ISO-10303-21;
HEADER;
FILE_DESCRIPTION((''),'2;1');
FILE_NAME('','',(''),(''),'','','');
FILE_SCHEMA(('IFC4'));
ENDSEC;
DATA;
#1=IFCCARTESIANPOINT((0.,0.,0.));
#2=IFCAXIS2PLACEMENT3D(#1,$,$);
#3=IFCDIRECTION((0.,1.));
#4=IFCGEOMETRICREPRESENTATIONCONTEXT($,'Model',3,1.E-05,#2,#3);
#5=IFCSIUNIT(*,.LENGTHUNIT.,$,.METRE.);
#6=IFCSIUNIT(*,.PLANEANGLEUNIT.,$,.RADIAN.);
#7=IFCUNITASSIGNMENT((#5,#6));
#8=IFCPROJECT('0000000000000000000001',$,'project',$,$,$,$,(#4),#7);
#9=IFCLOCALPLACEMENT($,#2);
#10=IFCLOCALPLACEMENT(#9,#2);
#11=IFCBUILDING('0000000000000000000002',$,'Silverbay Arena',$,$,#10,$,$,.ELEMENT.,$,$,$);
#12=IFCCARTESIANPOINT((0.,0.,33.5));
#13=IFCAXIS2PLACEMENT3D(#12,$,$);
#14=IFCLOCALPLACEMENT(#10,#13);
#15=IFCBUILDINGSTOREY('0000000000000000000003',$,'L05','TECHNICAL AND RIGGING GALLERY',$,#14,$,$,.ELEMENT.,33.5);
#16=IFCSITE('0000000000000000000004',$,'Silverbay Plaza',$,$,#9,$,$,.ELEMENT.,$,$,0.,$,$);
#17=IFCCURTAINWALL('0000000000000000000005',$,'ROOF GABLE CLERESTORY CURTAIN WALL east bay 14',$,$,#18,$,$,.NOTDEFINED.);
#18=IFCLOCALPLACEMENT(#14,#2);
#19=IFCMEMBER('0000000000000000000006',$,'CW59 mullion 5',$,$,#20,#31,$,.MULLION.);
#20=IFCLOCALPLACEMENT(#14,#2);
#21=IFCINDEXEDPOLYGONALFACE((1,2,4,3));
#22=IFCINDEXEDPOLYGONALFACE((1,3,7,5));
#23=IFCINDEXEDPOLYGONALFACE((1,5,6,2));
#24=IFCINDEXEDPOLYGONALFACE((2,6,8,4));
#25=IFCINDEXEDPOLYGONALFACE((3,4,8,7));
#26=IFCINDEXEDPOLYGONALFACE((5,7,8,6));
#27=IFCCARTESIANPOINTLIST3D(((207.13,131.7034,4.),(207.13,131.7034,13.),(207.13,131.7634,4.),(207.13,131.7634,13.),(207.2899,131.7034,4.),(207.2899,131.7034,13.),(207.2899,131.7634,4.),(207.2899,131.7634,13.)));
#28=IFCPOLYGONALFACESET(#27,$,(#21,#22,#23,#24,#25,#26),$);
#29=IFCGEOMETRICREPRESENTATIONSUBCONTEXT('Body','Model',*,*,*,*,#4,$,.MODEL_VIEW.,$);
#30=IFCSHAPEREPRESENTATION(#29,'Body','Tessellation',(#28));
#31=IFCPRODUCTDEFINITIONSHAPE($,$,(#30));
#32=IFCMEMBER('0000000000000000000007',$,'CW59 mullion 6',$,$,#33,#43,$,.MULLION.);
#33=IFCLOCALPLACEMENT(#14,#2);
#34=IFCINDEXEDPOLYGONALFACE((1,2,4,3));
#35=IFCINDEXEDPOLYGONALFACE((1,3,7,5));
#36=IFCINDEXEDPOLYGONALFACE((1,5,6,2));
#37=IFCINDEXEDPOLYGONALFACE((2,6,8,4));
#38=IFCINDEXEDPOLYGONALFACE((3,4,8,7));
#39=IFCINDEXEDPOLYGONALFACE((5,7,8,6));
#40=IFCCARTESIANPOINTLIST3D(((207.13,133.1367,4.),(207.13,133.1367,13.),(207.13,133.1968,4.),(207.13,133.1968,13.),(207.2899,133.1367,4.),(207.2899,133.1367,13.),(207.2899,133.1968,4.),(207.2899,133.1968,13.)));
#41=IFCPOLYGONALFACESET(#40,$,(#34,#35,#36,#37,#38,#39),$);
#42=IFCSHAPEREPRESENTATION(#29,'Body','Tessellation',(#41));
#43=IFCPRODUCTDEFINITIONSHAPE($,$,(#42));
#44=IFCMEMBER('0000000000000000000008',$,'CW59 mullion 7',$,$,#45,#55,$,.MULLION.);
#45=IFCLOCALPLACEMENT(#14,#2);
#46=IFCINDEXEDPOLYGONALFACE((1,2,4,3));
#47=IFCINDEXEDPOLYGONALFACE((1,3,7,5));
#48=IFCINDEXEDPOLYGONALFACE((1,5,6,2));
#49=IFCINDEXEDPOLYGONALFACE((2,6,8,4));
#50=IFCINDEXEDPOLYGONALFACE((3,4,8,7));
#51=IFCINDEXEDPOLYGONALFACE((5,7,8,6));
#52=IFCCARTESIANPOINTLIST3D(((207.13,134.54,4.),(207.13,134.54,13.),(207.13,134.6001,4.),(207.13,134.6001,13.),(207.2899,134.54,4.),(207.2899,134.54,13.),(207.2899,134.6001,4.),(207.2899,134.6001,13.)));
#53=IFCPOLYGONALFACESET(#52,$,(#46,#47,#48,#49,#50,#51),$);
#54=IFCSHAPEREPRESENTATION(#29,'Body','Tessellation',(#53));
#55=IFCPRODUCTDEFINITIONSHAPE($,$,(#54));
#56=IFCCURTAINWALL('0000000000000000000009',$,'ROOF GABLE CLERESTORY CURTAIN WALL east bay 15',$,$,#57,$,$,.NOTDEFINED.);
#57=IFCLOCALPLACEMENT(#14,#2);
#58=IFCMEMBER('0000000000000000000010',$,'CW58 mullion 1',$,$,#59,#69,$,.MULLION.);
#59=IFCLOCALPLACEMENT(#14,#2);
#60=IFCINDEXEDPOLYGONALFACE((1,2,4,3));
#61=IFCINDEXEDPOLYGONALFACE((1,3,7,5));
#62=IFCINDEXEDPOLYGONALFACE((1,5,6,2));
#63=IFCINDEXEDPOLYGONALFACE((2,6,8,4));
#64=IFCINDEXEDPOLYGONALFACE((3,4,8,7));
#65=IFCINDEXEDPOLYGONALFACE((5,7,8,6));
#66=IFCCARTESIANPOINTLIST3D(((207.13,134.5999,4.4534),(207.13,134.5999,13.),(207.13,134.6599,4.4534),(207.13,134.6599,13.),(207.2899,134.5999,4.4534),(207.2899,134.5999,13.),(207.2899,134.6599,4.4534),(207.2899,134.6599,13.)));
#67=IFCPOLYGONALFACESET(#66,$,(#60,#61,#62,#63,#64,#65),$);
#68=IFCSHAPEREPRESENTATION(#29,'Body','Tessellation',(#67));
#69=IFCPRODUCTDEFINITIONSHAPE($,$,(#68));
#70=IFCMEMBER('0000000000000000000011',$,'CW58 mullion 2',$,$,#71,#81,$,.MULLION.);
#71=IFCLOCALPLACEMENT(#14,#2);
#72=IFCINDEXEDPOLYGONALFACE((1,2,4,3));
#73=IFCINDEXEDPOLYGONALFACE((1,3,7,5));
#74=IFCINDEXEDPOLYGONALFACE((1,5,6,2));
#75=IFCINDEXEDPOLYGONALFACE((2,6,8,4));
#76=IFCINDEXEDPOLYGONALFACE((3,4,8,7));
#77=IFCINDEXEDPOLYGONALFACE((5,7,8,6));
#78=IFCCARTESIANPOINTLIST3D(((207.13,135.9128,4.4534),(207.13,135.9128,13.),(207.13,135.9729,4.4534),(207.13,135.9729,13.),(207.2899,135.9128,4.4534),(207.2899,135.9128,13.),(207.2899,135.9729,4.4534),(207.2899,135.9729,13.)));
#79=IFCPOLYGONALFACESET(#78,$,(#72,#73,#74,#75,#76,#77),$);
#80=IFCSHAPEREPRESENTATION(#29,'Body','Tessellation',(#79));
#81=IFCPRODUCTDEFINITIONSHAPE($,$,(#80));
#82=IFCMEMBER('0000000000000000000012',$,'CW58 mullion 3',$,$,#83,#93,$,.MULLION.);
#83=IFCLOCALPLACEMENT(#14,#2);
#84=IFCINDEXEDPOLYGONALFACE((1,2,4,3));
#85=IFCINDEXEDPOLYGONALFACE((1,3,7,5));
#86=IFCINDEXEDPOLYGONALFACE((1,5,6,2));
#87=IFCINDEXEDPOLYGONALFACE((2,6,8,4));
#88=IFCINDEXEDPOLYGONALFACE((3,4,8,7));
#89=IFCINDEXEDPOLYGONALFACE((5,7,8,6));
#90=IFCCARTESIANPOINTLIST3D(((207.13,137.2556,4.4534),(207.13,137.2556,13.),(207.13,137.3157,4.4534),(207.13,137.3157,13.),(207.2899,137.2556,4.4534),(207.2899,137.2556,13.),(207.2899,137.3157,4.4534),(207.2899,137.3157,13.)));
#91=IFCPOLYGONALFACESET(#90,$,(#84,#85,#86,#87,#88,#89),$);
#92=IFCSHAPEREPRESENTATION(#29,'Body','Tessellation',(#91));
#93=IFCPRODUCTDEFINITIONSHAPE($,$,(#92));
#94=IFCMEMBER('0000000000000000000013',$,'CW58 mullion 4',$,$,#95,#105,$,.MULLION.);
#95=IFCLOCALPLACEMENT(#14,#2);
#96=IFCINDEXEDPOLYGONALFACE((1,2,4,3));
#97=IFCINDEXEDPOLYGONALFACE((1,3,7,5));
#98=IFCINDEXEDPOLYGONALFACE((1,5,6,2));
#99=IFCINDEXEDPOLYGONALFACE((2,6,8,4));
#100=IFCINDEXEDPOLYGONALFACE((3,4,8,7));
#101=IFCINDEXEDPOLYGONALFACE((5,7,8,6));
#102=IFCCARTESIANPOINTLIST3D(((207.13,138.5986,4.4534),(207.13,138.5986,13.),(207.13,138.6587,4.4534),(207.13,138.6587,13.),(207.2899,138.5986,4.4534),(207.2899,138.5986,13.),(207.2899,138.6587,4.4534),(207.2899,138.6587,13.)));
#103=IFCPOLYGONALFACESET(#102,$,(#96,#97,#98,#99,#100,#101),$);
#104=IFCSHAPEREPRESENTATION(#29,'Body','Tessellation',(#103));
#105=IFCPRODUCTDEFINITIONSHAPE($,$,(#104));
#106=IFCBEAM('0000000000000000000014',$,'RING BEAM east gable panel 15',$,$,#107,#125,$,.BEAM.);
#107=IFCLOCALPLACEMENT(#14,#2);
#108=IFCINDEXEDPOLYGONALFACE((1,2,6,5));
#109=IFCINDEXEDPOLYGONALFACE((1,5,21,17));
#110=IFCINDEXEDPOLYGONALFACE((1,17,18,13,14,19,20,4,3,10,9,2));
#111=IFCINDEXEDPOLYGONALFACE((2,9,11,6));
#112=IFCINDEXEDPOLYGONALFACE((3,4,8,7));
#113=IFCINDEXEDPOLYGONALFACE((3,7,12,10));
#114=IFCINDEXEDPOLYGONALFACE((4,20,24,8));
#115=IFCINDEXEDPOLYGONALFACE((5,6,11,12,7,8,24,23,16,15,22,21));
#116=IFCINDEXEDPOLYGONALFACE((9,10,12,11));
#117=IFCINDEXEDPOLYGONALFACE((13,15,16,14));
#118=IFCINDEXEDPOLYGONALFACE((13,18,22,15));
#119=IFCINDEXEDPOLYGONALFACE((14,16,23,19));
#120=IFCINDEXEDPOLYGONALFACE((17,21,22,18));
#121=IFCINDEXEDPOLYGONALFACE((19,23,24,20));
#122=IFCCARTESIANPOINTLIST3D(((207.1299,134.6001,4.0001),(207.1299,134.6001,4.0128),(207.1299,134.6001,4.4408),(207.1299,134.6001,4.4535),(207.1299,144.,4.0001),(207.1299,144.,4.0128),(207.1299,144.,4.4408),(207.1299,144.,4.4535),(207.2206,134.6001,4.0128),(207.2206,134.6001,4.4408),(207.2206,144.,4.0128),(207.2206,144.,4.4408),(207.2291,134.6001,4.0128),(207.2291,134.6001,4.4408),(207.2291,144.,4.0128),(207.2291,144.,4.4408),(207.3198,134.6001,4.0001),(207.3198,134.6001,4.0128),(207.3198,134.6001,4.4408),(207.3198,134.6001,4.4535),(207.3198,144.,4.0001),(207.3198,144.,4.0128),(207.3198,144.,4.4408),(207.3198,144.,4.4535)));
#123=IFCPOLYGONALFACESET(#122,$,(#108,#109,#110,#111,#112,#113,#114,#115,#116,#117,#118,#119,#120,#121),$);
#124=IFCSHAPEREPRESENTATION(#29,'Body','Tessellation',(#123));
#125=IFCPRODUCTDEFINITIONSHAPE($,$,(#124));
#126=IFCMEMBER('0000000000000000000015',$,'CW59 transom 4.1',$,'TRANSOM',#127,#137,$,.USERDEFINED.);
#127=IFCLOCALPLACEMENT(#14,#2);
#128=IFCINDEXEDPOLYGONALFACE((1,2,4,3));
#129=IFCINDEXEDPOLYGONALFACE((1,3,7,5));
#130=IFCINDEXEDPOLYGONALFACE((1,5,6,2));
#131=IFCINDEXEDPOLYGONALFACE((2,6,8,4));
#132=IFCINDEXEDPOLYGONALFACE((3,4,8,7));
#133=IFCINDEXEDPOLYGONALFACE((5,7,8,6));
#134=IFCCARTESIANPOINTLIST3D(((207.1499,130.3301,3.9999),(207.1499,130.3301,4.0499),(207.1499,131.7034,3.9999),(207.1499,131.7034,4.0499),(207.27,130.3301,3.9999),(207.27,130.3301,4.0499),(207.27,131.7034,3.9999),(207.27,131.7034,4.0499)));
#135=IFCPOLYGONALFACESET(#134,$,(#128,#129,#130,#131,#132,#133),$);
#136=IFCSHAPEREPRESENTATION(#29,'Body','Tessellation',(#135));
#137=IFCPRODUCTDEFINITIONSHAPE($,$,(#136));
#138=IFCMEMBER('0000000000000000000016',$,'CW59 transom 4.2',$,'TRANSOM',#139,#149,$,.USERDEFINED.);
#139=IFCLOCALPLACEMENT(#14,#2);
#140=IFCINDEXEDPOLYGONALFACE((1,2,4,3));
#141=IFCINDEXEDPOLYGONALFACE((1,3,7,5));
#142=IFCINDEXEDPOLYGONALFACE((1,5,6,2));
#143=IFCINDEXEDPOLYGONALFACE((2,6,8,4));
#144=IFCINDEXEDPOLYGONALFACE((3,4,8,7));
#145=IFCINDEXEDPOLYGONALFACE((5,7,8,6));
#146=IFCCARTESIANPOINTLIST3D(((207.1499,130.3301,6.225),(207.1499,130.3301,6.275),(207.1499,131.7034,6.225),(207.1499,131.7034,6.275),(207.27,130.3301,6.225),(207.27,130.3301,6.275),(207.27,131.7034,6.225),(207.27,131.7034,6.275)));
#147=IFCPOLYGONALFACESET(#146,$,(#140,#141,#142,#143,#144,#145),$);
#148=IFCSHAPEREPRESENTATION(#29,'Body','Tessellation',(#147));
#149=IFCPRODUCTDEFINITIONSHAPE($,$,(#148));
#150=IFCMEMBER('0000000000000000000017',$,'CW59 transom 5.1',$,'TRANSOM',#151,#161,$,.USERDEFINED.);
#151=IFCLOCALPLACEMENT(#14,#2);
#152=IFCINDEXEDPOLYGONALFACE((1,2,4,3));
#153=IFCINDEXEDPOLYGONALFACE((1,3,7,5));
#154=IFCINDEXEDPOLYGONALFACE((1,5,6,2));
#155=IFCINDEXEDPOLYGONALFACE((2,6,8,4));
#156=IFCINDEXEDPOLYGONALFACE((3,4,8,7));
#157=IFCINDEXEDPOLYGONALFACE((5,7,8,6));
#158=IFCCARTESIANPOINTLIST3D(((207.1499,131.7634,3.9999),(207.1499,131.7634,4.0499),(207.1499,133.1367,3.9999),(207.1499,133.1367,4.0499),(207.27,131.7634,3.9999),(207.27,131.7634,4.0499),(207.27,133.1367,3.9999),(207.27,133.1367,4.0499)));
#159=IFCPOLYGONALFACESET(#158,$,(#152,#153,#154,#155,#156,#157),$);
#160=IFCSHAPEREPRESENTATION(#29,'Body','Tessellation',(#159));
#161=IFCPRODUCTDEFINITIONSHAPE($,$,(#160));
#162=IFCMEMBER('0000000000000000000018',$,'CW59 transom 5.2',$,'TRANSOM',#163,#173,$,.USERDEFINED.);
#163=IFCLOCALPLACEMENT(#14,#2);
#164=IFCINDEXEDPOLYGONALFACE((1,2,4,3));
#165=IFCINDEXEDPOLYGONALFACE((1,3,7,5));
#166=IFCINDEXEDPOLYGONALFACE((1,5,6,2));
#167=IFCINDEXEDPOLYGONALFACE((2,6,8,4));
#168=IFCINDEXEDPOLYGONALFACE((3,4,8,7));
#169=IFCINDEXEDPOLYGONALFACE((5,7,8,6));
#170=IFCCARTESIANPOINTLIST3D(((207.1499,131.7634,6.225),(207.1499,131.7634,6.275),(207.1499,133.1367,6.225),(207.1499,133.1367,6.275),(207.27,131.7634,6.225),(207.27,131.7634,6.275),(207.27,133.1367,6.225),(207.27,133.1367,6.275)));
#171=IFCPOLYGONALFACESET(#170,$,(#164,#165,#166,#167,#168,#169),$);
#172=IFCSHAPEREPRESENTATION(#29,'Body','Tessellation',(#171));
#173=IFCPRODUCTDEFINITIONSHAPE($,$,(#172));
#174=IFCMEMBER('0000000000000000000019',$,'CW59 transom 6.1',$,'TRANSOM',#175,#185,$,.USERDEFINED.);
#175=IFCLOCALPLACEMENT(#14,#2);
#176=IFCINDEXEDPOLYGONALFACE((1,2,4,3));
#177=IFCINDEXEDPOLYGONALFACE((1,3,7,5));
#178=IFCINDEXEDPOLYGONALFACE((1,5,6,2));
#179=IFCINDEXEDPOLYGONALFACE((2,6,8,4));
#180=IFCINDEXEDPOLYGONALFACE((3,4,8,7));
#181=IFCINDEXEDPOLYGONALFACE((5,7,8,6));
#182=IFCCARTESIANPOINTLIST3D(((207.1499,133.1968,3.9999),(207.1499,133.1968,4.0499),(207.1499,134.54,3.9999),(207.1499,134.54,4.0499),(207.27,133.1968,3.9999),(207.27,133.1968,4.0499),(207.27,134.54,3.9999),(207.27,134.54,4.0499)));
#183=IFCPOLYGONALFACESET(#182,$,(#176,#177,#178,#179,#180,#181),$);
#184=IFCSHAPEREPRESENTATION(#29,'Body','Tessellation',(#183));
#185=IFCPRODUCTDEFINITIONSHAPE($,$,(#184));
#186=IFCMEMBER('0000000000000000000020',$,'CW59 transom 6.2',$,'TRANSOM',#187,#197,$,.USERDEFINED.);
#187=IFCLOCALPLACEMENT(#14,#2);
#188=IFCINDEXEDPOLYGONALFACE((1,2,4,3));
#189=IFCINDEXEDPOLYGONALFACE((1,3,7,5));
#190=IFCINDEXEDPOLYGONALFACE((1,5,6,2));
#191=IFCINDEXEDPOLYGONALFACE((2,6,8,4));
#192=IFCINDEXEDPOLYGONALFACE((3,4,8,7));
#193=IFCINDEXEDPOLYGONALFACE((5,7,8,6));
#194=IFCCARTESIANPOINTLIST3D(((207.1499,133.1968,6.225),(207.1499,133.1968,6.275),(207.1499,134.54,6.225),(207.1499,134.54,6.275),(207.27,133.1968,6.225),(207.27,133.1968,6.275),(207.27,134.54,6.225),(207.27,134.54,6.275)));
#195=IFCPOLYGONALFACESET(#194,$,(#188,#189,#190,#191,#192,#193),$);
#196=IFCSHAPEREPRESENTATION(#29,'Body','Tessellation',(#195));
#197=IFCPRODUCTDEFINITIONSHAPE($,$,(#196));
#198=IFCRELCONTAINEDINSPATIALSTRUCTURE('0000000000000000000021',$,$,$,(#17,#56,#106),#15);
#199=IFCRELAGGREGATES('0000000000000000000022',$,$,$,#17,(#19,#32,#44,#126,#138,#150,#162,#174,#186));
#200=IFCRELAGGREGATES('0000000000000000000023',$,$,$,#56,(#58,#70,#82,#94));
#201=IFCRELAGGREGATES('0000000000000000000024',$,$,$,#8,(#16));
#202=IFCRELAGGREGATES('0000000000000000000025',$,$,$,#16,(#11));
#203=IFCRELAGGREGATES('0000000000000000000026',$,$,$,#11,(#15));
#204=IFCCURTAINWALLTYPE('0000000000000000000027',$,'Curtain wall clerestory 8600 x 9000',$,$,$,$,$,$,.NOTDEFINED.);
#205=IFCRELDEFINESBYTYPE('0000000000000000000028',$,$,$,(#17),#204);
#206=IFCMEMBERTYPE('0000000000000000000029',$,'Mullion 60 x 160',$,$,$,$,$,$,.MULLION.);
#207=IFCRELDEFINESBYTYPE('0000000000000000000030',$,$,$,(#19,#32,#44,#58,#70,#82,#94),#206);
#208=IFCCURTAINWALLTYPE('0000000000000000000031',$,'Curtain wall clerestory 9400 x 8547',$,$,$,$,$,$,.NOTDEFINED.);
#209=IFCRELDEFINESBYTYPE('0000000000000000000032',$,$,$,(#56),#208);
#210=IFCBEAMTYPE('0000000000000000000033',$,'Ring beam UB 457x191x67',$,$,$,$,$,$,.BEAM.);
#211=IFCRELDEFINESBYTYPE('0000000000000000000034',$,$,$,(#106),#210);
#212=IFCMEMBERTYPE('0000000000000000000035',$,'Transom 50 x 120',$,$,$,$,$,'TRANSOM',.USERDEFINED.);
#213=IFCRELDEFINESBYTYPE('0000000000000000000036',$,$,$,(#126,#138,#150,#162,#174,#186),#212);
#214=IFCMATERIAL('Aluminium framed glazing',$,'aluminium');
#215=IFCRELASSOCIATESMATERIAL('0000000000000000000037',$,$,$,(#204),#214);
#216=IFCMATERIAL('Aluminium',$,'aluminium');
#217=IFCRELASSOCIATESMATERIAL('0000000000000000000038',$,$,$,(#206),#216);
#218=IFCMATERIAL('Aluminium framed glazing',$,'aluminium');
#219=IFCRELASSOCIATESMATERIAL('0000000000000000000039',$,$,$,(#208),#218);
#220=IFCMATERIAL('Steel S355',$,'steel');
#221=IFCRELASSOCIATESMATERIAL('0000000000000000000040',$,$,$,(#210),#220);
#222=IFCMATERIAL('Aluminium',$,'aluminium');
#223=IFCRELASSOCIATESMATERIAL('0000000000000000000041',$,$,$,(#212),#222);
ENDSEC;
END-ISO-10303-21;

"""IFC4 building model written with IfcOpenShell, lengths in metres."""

from ifc_helpers import new_model, si_unit, direction, frame, origin, origin_2d, place, context, subcontext, project, spatial, rectangle, i_section, extrude, material, material_profile, profile_set, type_object, element, aggregate, save


model = new_model("IFC4")

# Units and contexts
model_context = context("Model", 3, precision=1e-05, world=origin(), true_north=direction((0.0, 1.0)))
body_context = subcontext(model_context, "Body", "Model", "MODEL_VIEW")
ifc_project = project(units=[si_unit("LENGTHUNIT", "METRE"), si_unit("PLANEANGLEUNIT", "RADIAN")], contexts=[model_context])

# Site, building, storey
site_placement = place(None, origin())
site = spatial("IfcSite", under=ifc_project, at=site_placement, Name="Silverbay Plaza", CompositionType="ELEMENT", RefElevation=0.0)
building_placement = place(site_placement, origin())
building = spatial("IfcBuilding", under=site, at=building_placement, Name="Silverbay Arena", CompositionType="ELEMENT")
storey_placement = place(building_placement, frame((0.0, 0.0, 33.5)))
storey = spatial("IfcBuildingStorey", under=building, at=storey_placement, Name="L05", Description="TECHNICAL AND RIGGING GALLERY", CompositionType="ELEMENT", Elevation=33.5)

# Curtain walls, members
ifc_material_1 = material(Name="Aluminium framed glazing", Category="aluminium")
curtain_wall_type_1 = type_object("IfcCurtainWallType", Name="Curtain wall clerestory 8600 x 9000", PredefinedType="NOTDEFINED", material=ifc_material_1)
curtain_wall_1_placement = place(storey_placement, origin())
curtain_wall_1 = element("IfcCurtainWall", 1, at=curtain_wall_1_placement, inside=storey, type_object=curtain_wall_type_1, Name="ROOF GABLE CLERESTORY CURTAIN WALL east bay 14", PredefinedType="NOTDEFINED")
ifc_material_2 = material(Name="Aluminium", Category="aluminium")
ifc_material_profile_1 = material_profile(ifc_material_2, rectangle(XDim=0.1599, YDim=0.0601, at=origin_2d()), Name="Mullion 60 x 160")
ifc_profile_set_1 = profile_set([ifc_material_profile_1], Name="Aluminium")
member_type_1 = type_object("IfcMemberType", Name="Mullion 60 x 160", PredefinedType="MULLION", material=ifc_profile_set_1)
member_1_placement = place(storey_placement, frame((207.21, 131.7334, 4.0), z_axis=(0.0, 0.0, 1.0), x_axis=(-1.0, 0.0, 0.0)))
member_1 = element("IfcMember", 2, at=member_1_placement, type_object=member_type_1, Name="CW59 mullion 5", PredefinedType="MULLION", context=body_context, shape_type="SweptSolid", body=[
    extrude(rectangle(XDim=0.1599, YDim=0.0601, at=origin_2d()), origin(), (0.0, 0.0, 1.0), 9.0),
])
member_2_placement = place(storey_placement, frame((207.21, 133.1667, 4.0), z_axis=(0.0, 0.0, 1.0), x_axis=(-1.0, 0.0, 0.0)))
member_2 = element("IfcMember", 3, at=member_2_placement, type_object=member_type_1, Name="CW59 mullion 6", PredefinedType="MULLION", context=body_context, shape_type="SweptSolid", body=[
    extrude(rectangle(XDim=0.1599, YDim=0.0601, at=origin_2d()), origin(), (0.0, 0.0, 1.0), 9.0),
])
member_3_placement = place(storey_placement, frame((207.21, 134.5701, 4.0), z_axis=(0.0, 0.0, 1.0), x_axis=(-1.0, 0.0, 0.0)))
member_3 = element("IfcMember", 4, at=member_3_placement, type_object=member_type_1, Name="CW59 mullion 7", PredefinedType="MULLION", context=body_context, shape_type="SweptSolid", body=[
    extrude(rectangle(XDim=0.1599, YDim=0.0601, at=origin_2d()), origin(), (0.0, 0.0, 1.0), 9.0),
])
ifc_material_3 = material(Name="Aluminium framed glazing", Category="aluminium")
curtain_wall_type_2 = type_object("IfcCurtainWallType", Name="Curtain wall clerestory 9400 x 8547", PredefinedType="NOTDEFINED", material=ifc_material_3)
curtain_wall_2_placement = place(storey_placement, origin())
curtain_wall_2 = element("IfcCurtainWall", 5, at=curtain_wall_2_placement, inside=storey, type_object=curtain_wall_type_2, Name="ROOF GABLE CLERESTORY CURTAIN WALL east bay 15", PredefinedType="NOTDEFINED")
member_4_placement = place(storey_placement, frame((207.21, 134.6299, 4.4534), z_axis=(0.0, 0.0, 1.0), x_axis=(-1.0, 0.0, 0.0)))
member_4 = element("IfcMember", 6, at=member_4_placement, type_object=member_type_1, Name="CW58 mullion 1", PredefinedType="MULLION", context=body_context, shape_type="SweptSolid", body=[
    extrude(rectangle(XDim=0.1599, YDim=0.0601, at=origin_2d()), origin(), (0.0, 0.0, 1.0), 8.5466),
])
member_5_placement = place(storey_placement, frame((207.21, 135.9429, 4.4534), z_axis=(0.0, 0.0, 1.0), x_axis=(-1.0, 0.0, 0.0)))
member_5 = element("IfcMember", 7, at=member_5_placement, type_object=member_type_1, Name="CW58 mullion 2", PredefinedType="MULLION", context=body_context, shape_type="SweptSolid", body=[
    extrude(rectangle(XDim=0.1599, YDim=0.0601, at=origin_2d()), origin(), (0.0, 0.0, 1.0), 8.5466),
])
member_6_placement = place(storey_placement, frame((207.21, 137.2856, 4.4534), z_axis=(0.0, 0.0, 1.0), x_axis=(-1.0, 0.0, 0.0)))
member_6 = element("IfcMember", 8, at=member_6_placement, type_object=member_type_1, Name="CW58 mullion 3", PredefinedType="MULLION", context=body_context, shape_type="SweptSolid", body=[
    extrude(rectangle(XDim=0.1599, YDim=0.0601, at=origin_2d()), origin(), (0.0, 0.0, 1.0), 8.5466),
])
member_7_placement = place(storey_placement, frame((207.21, 138.6287, 4.4534), z_axis=(0.0, 0.0, 1.0), x_axis=(-1.0, 0.0, 0.0)))
member_7 = element("IfcMember", 9, at=member_7_placement, type_object=member_type_1, Name="CW58 mullion 4", PredefinedType="MULLION", context=body_context, shape_type="SweptSolid", body=[
    extrude(rectangle(XDim=0.1599, YDim=0.0601, at=origin_2d()), origin(), (0.0, 0.0, 1.0), 8.5466),
])

# Beam
ifc_material_4 = material(Name="Steel S355", Category="steel")
ifc_material_profile_2 = material_profile(ifc_material_4, i_section(OverallWidth=0.1899, OverallDepth=0.4534, WebThickness=0.0085, FlangeThickness=0.0127, at=origin_2d()), Name="UB 457x191x67")
ifc_profile_set_2 = profile_set([ifc_material_profile_2], Name="Steel S355")
beam_type = type_object("IfcBeamType", Name="Ring beam UB 457x191x67", PredefinedType="BEAM", material=ifc_profile_set_2)
beam_placement = place(storey_placement, frame((207.2249, 134.6001, 4.2268), z_axis=(0.0, 1.0, 0.0), x_axis=(-1.0, 0.0, 0.0)))
element("IfcBeam", 10, at=beam_placement, inside=storey, type_object=beam_type, Name="RING BEAM east gable panel 15", PredefinedType="BEAM", context=body_context, shape_type="SweptSolid", body=[
    extrude(i_section(OverallWidth=0.1899, OverallDepth=0.4534, WebThickness=0.0085, FlangeThickness=0.0127, at=origin_2d()), origin(), (0.0, 0.0, 1.0), 9.3999),
])

# Members
ifc_material_5 = material(Name="Aluminium", Category="aluminium")
ifc_material_profile_3 = material_profile(ifc_material_5, rectangle(XDim=0.1201, YDim=0.05, at=origin_2d()), Name="Transom 50 x 120")
ifc_profile_set_3 = profile_set([ifc_material_profile_3], Name="Aluminium")
member_type_2 = type_object("IfcMemberType", Name="Transom 50 x 120", ElementType="TRANSOM", PredefinedType="USERDEFINED", material=ifc_profile_set_3)
member_8_placement = place(storey_placement, frame((207.21, 130.3301, 4.0249), z_axis=(0.0, 1.0, 0.0), x_axis=(-1.0, 0.0, 0.0)))
member_8 = element("IfcMember", 11, at=member_8_placement, type_object=member_type_2, Name="CW59 transom 4.1", ObjectType="TRANSOM", PredefinedType="USERDEFINED", context=body_context, shape_type="SweptSolid", body=[
    extrude(rectangle(XDim=0.1201, YDim=0.05, at=origin_2d()), origin(), (0.0, 0.0, 1.0), 1.3733),
])
member_9_placement = place(storey_placement, frame((207.21, 130.3301, 6.25), z_axis=(0.0, 1.0, 0.0), x_axis=(-1.0, 0.0, 0.0)))
member_9 = element("IfcMember", 12, at=member_9_placement, type_object=member_type_2, Name="CW59 transom 4.2", ObjectType="TRANSOM", PredefinedType="USERDEFINED", context=body_context, shape_type="SweptSolid", body=[
    extrude(rectangle(XDim=0.1201, YDim=0.05, at=origin_2d()), origin(), (0.0, 0.0, 1.0), 1.3733),
])
member_10_placement = place(storey_placement, frame((207.21, 131.7634, 4.0249), z_axis=(0.0, 1.0, 0.0), x_axis=(-1.0, 0.0, 0.0)))
member_10 = element("IfcMember", 13, at=member_10_placement, type_object=member_type_2, Name="CW59 transom 5.1", ObjectType="TRANSOM", PredefinedType="USERDEFINED", context=body_context, shape_type="SweptSolid", body=[
    extrude(rectangle(XDim=0.1201, YDim=0.05, at=origin_2d()), origin(), (0.0, 0.0, 1.0), 1.3733),
])
member_11_placement = place(storey_placement, frame((207.21, 131.7634, 6.25), z_axis=(0.0, 1.0, 0.0), x_axis=(-1.0, 0.0, 0.0)))
member_11 = element("IfcMember", 14, at=member_11_placement, type_object=member_type_2, Name="CW59 transom 5.2", ObjectType="TRANSOM", PredefinedType="USERDEFINED", context=body_context, shape_type="SweptSolid", body=[
    extrude(rectangle(XDim=0.1201, YDim=0.05, at=origin_2d()), origin(), (0.0, 0.0, 1.0), 1.3733),
])
member_12_placement = place(storey_placement, frame((207.21, 133.1968, 4.0249), z_axis=(0.0, 1.0, 0.0), x_axis=(-1.0, 0.0, 0.0)))
member_12 = element("IfcMember", 15, at=member_12_placement, type_object=member_type_2, Name="CW59 transom 6.1", ObjectType="TRANSOM", PredefinedType="USERDEFINED", context=body_context, shape_type="SweptSolid", body=[
    extrude(rectangle(XDim=0.1201, YDim=0.05, at=origin_2d()), origin(), (0.0, 0.0, 1.0), 1.3433),
])
member_13_placement = place(storey_placement, frame((207.21, 133.1968, 6.25), z_axis=(0.0, 1.0, 0.0), x_axis=(-1.0, 0.0, 0.0)))
member_13 = element("IfcMember", 16, at=member_13_placement, type_object=member_type_2, Name="CW59 transom 6.2", ObjectType="TRANSOM", PredefinedType="USERDEFINED", context=body_context, shape_type="SweptSolid", body=[
    extrude(rectangle(XDim=0.1201, YDim=0.05, at=origin_2d()), origin(), (0.0, 0.0, 1.0), 1.3433),
])

aggregate(curtain_wall_1, [member_1, member_2, member_3, member_8, member_9, member_10, member_11, member_12, member_13])
aggregate(curtain_wall_2, [member_4, member_5, member_6, member_7])

save(model, "model.ifc")
